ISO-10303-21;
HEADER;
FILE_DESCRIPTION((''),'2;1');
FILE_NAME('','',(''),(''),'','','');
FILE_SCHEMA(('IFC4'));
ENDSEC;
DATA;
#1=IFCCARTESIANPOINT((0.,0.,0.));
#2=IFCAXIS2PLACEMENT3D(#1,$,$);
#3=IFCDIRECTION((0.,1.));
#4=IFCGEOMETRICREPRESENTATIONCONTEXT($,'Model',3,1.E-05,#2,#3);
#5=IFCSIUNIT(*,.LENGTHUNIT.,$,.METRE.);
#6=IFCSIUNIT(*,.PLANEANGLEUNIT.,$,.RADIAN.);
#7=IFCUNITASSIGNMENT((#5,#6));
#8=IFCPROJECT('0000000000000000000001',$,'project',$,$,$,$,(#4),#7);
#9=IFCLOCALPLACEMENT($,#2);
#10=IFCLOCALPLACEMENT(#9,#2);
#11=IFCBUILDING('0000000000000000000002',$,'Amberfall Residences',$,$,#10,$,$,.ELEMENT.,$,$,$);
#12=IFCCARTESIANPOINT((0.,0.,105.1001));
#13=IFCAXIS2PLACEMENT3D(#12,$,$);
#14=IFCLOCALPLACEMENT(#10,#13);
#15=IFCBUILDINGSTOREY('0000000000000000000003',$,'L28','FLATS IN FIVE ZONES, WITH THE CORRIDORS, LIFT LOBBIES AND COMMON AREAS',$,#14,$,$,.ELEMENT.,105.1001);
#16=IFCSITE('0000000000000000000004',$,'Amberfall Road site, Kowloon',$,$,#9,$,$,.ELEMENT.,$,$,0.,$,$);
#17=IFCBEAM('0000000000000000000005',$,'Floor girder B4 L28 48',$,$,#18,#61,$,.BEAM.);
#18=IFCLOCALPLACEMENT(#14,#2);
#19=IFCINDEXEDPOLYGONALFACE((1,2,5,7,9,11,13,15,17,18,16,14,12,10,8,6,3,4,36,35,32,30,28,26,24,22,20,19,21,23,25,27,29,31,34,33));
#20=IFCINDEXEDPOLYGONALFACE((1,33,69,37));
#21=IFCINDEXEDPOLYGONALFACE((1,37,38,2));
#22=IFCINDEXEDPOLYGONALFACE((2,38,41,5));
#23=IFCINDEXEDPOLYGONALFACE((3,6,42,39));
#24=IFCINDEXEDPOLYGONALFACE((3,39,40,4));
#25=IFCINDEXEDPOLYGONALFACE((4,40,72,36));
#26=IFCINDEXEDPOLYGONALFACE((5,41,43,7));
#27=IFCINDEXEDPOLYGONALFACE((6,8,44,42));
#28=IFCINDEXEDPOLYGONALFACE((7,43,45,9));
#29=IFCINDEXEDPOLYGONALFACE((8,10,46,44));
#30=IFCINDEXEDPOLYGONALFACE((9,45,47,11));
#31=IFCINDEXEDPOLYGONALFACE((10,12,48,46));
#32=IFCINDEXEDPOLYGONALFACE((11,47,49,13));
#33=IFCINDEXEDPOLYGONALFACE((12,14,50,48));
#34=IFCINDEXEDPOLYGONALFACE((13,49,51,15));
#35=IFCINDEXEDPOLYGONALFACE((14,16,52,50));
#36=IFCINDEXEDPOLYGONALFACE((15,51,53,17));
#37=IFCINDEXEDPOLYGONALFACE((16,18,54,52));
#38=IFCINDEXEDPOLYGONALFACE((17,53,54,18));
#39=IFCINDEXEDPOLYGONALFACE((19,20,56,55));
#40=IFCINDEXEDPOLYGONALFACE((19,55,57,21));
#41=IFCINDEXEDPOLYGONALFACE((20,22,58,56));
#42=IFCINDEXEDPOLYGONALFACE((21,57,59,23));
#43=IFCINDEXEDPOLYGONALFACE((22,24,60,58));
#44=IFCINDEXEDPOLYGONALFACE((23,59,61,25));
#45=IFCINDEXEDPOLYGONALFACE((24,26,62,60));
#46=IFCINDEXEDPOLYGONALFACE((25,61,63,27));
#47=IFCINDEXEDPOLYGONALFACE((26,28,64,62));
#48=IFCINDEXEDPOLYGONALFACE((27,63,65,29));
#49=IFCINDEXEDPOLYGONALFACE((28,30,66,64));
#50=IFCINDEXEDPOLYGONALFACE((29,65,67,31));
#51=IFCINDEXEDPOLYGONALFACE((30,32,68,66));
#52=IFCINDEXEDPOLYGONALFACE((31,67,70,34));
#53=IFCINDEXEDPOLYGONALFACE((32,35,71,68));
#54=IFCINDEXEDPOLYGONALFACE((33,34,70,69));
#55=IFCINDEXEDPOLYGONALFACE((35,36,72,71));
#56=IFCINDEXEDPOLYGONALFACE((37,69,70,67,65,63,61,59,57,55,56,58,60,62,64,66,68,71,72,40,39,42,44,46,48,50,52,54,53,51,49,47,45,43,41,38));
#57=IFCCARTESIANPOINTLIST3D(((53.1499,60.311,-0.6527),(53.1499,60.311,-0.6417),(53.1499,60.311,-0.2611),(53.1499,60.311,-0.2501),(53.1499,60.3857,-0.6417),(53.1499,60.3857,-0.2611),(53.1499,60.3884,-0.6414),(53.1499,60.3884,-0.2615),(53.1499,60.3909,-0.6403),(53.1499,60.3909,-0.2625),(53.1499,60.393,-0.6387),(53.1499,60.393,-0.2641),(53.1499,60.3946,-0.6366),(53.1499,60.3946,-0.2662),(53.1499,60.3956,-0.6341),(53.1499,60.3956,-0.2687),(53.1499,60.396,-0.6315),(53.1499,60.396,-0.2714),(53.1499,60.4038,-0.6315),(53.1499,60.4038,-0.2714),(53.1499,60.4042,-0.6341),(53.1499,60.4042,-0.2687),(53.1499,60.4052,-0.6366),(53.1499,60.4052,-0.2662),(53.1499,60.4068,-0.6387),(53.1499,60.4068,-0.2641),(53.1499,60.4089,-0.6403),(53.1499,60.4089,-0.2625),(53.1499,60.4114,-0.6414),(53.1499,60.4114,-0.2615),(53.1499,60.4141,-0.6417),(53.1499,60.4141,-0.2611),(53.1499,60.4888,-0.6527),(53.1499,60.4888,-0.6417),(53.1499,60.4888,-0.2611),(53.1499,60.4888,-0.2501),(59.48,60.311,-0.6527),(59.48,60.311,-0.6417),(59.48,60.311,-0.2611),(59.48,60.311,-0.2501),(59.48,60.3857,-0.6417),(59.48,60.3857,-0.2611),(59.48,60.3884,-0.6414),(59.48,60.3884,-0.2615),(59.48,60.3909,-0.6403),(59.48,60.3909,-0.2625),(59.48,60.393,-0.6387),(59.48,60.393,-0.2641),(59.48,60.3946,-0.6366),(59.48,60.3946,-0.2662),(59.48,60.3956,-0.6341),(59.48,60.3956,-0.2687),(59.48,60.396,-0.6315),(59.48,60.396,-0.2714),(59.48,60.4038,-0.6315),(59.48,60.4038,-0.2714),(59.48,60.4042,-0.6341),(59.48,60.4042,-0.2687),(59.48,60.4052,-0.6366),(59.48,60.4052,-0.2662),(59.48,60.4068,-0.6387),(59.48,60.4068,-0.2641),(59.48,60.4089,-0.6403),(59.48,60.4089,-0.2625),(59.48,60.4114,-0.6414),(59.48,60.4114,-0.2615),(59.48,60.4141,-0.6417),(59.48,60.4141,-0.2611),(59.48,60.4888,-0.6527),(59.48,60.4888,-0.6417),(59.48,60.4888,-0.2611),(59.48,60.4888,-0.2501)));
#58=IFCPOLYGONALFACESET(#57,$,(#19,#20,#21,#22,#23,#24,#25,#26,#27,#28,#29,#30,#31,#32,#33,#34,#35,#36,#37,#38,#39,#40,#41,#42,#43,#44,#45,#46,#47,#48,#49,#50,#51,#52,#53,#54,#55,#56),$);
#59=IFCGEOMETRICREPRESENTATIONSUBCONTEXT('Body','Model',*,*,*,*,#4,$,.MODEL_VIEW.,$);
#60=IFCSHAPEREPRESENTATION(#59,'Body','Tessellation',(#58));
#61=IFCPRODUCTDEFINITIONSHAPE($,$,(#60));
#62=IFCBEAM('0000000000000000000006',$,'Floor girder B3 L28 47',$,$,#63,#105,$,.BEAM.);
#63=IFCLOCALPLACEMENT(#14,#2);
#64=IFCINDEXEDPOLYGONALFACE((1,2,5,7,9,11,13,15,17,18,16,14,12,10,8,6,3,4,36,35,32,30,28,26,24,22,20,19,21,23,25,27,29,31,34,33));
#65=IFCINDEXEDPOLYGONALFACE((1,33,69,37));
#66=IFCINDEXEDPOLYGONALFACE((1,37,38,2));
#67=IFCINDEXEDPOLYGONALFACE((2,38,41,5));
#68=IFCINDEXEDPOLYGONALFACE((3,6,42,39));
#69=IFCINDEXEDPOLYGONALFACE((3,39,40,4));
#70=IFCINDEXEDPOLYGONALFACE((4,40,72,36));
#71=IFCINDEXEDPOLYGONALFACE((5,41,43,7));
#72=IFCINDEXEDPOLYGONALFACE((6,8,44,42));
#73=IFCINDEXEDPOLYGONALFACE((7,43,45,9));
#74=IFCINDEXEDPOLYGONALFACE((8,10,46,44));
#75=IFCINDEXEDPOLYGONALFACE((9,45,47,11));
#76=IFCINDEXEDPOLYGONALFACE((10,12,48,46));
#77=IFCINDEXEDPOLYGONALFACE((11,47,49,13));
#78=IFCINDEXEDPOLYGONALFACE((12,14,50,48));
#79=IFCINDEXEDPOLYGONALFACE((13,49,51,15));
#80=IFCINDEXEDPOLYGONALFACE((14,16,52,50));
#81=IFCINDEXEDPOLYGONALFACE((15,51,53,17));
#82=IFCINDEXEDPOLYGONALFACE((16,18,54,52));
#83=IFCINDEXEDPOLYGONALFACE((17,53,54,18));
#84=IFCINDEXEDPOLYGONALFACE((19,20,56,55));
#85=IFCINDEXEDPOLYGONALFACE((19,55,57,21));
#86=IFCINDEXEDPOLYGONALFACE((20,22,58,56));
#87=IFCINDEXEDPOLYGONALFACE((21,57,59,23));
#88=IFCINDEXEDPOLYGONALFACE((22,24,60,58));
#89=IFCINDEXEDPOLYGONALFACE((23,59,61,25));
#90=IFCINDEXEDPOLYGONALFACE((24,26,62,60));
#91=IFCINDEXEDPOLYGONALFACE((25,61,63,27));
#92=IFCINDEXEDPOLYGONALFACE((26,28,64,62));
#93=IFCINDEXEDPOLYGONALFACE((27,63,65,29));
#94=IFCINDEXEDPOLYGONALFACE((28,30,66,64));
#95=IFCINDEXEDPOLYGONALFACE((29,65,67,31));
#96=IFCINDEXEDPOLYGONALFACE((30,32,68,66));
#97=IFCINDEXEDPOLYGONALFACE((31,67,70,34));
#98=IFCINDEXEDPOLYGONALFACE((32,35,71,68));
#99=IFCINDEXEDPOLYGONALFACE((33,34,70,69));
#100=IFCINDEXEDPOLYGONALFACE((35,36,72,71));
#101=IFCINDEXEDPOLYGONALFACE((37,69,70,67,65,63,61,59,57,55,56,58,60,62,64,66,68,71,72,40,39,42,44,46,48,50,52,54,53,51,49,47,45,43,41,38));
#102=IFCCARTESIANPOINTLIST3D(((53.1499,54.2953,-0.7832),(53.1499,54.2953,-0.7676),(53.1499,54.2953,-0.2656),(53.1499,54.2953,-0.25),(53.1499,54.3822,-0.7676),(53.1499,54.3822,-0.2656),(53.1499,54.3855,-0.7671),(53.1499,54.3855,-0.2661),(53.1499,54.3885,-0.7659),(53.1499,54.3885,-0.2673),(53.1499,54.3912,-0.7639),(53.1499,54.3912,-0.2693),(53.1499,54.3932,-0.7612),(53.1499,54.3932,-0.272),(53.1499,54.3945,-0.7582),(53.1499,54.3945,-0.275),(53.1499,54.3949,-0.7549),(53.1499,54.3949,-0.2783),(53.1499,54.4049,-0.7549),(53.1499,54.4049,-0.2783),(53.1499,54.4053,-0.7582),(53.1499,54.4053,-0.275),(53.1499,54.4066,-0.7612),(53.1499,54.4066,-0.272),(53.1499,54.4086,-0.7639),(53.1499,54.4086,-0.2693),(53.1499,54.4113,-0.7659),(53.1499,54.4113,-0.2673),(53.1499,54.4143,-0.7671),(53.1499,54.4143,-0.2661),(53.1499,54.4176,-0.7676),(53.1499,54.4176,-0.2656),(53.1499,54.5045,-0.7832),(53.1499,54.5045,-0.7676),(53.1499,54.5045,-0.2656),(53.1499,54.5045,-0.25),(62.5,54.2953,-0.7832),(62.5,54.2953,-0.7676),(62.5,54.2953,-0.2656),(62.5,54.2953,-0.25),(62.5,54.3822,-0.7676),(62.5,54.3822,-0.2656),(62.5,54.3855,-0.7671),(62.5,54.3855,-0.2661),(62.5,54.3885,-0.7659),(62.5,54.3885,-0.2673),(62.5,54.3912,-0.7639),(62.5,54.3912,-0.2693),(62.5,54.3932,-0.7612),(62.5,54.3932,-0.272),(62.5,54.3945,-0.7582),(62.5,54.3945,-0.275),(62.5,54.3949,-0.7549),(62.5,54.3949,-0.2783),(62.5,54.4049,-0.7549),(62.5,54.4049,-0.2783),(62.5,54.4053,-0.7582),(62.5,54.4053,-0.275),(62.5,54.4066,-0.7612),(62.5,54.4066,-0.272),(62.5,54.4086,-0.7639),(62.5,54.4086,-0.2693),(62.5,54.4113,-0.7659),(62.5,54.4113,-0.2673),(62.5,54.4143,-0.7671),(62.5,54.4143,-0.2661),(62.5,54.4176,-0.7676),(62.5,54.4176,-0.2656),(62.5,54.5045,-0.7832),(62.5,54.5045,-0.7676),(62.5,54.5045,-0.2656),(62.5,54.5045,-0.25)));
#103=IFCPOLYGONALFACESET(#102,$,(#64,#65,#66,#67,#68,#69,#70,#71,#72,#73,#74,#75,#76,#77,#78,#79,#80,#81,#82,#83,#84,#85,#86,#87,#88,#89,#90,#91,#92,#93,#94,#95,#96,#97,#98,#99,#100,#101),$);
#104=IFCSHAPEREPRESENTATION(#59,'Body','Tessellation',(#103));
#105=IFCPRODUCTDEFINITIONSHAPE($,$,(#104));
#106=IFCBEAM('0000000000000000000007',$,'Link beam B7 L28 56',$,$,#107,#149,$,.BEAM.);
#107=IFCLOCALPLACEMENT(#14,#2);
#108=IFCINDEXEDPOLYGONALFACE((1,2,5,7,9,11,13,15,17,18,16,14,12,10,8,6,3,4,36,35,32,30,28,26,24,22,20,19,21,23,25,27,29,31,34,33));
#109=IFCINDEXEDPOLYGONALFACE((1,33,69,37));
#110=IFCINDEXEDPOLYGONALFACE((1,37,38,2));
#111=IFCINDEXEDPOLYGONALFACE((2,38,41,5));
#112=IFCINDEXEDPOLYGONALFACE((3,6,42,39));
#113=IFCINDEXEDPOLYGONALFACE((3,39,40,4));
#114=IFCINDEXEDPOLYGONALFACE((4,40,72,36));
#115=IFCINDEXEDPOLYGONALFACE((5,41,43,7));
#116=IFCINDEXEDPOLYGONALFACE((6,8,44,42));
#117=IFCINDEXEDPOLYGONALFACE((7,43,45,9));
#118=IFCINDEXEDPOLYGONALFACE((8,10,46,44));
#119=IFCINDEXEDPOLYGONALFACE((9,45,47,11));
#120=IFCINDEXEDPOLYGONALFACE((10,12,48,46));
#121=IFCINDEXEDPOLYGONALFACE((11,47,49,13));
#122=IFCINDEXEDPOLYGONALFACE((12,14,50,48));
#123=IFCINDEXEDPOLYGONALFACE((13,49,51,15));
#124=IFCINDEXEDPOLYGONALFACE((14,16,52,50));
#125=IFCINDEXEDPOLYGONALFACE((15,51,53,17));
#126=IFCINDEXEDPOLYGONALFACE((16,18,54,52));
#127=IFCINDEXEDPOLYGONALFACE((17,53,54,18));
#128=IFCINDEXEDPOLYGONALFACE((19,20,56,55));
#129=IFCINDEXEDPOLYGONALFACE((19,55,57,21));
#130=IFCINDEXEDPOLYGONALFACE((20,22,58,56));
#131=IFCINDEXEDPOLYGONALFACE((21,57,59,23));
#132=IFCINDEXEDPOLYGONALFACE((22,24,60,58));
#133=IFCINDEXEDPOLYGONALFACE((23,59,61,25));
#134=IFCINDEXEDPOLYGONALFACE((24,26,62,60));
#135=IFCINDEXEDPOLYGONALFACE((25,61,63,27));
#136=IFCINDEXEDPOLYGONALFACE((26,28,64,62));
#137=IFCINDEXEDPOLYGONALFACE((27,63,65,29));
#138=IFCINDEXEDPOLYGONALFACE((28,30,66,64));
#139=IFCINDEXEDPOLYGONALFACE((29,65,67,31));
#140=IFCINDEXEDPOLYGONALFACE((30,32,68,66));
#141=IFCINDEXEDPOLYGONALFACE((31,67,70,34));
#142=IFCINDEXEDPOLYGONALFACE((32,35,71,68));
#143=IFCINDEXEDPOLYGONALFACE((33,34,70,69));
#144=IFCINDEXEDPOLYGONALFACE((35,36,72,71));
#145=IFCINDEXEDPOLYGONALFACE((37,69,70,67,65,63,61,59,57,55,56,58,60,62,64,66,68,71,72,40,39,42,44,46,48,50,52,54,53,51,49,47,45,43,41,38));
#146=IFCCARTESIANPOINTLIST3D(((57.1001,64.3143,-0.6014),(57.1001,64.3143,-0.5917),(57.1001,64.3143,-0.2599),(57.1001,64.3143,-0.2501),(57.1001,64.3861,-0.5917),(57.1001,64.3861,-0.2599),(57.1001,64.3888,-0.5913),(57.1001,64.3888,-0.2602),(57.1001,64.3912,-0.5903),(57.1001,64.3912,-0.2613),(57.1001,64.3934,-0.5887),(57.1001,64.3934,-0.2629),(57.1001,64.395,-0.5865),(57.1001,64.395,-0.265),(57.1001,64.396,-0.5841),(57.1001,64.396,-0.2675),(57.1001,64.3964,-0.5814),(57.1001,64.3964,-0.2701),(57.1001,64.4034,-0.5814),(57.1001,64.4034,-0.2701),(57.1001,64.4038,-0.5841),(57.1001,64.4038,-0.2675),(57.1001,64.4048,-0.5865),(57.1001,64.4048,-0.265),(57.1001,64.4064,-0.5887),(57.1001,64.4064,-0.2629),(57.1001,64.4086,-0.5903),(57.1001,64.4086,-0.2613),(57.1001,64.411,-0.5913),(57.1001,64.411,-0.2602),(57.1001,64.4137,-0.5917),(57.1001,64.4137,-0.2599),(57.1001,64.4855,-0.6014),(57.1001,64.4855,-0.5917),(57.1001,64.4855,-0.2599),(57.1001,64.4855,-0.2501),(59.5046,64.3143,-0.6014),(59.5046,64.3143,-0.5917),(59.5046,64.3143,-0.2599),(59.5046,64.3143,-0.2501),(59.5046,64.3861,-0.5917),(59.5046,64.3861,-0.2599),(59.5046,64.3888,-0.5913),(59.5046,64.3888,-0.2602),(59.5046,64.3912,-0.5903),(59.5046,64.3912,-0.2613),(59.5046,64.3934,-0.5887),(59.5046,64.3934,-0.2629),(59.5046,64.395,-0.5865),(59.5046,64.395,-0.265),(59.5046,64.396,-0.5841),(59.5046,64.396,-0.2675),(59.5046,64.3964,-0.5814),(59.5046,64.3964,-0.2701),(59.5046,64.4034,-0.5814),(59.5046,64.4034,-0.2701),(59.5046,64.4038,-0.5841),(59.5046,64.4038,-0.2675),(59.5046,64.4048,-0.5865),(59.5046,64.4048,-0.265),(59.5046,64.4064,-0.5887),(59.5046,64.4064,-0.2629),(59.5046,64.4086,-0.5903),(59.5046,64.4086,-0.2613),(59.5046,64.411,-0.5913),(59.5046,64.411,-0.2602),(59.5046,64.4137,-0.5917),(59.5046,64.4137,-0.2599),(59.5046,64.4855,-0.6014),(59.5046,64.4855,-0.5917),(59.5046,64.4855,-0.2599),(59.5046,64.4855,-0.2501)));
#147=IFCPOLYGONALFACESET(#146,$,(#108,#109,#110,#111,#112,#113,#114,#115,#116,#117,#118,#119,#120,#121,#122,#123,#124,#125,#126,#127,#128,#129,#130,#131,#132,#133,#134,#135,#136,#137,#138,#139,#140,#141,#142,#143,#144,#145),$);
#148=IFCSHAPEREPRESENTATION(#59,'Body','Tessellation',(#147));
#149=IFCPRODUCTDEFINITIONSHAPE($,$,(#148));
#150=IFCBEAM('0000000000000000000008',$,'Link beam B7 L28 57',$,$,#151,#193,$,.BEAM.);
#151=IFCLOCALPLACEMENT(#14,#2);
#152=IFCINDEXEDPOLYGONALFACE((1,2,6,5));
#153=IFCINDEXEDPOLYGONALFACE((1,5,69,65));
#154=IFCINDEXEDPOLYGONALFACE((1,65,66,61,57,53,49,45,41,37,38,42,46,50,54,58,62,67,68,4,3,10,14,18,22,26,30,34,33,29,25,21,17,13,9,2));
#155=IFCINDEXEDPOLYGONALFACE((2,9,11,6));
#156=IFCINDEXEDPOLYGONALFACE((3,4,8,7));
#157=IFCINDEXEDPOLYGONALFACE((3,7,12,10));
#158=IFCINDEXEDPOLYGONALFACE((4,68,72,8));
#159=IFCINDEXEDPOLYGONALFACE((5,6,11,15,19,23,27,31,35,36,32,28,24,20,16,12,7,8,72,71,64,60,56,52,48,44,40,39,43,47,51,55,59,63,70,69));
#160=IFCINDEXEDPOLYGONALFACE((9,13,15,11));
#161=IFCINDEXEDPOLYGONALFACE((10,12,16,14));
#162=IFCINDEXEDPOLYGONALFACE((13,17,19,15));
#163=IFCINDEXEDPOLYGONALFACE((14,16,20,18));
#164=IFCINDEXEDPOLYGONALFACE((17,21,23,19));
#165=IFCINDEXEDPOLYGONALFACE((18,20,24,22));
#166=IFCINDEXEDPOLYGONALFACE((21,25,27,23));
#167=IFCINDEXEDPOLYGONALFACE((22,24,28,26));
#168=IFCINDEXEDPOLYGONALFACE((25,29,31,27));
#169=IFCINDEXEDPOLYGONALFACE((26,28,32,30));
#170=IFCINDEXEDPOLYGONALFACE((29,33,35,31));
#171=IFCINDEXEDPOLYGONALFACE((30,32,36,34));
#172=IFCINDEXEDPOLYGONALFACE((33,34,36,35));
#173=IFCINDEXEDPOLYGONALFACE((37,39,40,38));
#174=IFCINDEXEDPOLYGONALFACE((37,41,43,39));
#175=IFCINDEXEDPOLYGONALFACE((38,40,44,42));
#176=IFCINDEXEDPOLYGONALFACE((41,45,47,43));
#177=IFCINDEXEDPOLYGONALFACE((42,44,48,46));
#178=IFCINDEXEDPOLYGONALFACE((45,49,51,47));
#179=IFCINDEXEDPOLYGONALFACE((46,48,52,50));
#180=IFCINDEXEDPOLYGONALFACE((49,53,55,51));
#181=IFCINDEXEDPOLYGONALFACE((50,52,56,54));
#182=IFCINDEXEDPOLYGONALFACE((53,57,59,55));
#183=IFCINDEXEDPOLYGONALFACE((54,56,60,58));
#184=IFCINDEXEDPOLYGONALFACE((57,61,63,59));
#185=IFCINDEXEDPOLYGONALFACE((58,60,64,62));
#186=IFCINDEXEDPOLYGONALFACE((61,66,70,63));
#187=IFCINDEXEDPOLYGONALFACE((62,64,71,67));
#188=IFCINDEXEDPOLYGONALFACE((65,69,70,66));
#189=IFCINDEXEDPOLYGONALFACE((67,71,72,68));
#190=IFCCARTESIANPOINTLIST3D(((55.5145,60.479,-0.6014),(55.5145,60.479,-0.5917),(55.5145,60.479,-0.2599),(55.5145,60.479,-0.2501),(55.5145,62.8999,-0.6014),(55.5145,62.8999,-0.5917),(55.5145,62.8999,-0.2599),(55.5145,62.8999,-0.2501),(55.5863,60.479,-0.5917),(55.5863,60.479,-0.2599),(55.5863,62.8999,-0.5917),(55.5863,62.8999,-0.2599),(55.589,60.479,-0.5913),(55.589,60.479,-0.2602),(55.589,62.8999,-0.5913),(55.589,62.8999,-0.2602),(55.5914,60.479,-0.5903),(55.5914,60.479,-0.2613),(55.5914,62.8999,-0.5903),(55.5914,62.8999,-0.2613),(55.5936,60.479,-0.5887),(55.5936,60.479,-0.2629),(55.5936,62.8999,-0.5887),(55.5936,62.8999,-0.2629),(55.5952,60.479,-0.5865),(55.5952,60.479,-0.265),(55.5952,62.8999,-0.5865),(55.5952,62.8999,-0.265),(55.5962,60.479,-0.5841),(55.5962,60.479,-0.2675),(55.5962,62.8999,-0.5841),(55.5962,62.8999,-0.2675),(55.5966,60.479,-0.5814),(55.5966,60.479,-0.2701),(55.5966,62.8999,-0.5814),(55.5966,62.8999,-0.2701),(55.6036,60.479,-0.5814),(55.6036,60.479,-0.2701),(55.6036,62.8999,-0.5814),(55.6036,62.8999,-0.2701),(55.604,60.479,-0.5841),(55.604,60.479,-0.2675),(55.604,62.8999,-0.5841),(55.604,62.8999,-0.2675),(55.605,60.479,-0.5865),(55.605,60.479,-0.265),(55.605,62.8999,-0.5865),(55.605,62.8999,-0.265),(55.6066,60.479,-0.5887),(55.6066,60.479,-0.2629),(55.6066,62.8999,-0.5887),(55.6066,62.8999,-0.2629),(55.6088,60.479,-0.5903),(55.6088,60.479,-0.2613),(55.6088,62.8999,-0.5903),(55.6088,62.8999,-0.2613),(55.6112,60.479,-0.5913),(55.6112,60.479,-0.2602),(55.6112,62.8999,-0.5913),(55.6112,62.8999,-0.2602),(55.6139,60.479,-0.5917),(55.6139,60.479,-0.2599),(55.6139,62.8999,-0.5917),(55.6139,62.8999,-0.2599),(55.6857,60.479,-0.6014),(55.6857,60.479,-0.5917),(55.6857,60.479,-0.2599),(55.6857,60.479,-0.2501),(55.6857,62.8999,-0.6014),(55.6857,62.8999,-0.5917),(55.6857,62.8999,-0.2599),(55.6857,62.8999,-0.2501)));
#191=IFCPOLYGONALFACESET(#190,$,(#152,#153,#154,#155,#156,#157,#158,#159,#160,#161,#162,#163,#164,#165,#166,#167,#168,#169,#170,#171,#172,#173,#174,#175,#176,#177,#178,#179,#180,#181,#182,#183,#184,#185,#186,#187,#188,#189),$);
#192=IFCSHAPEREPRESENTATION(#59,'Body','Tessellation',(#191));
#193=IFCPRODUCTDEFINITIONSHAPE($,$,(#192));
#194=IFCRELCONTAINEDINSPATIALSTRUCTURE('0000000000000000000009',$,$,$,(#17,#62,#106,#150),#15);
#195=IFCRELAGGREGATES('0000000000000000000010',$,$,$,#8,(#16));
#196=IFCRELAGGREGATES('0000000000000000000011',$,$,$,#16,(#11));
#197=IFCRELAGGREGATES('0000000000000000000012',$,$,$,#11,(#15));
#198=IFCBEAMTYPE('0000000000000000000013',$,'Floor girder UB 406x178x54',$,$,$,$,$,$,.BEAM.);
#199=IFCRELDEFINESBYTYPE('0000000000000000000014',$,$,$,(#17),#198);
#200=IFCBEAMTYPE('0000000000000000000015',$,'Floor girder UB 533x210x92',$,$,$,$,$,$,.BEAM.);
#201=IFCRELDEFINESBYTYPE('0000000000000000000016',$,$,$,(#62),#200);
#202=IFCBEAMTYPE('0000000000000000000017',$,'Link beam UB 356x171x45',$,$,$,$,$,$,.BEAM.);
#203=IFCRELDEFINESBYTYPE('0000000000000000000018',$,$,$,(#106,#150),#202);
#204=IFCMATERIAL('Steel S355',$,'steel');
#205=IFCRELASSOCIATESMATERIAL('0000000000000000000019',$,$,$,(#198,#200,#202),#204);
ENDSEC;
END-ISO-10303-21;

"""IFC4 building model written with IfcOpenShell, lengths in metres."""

from ifc_helpers import new_model, si_unit, direction, frame, origin, origin_2d, place, context, subcontext, project, spatial, i_section, extrude, material, material_profile, profile_set, type_object, element, save


model = new_model("IFC4")

# Units and contexts
model_context = context("Model", 3, precision=1e-05, world=origin(), true_north=direction((0.0, 1.0)))
body_context = subcontext(model_context, "Body", "Model", "MODEL_VIEW")
ifc_project = project(units=[si_unit("LENGTHUNIT", "METRE"), si_unit("PLANEANGLEUNIT", "RADIAN")], contexts=[model_context])

# Site, building, storey
site_placement = place(None, origin())
site = spatial("IfcSite", under=ifc_project, at=site_placement, Name="Amberfall Road site, Kowloon", CompositionType="ELEMENT", RefElevation=0.0)
building_placement = place(site_placement, origin())
building = spatial("IfcBuilding", under=site, at=building_placement, Name="Amberfall Residences", CompositionType="ELEMENT")
storey_placement = place(building_placement, frame((0.0, 0.0, 105.1001)))
storey = spatial("IfcBuildingStorey", under=building, at=storey_placement, Name="L28", Description="FLATS IN FIVE ZONES, WITH THE CORRIDORS, LIFT LOBBIES AND COMMON AREAS", CompositionType="ELEMENT", Elevation=105.1001)

# Shared definitions
ifc_material_1 = material(Name="Steel S355", Category="steel")

# Beams
ifc_material_profile_1 = material_profile(ifc_material_1, i_section(OverallWidth=0.1777, OverallDepth=0.4026, WebThickness=0.0078, FlangeThickness=0.011, FilletRadius=0.0103, at=origin_2d()), Name="UB 406x178x54")
ifc_profile_set_1 = profile_set([ifc_material_profile_1], Name="Steel S355")
beam_type_1 = type_object("IfcBeamType", Name="Floor girder UB 406x178x54", PredefinedType="BEAM", material=ifc_profile_set_1)
beam_1_placement = place(storey_placement, frame((53.1499, 60.3999, -0.4514), z_axis=(1.0, 0.0, 0.0), x_axis=(0.0, 1.0, 0.0)))
element("IfcBeam", 1, at=beam_1_placement, inside=storey, type_object=beam_type_1, Name="Floor girder B4 L28 48", PredefinedType="BEAM", context=body_context, shape_type="SweptSolid", body=[
    extrude(i_section(OverallWidth=0.1777, OverallDepth=0.4026, WebThickness=0.0078, FlangeThickness=0.011, FilletRadius=0.0103, at=origin_2d()), origin(), (0.0, 0.0, 1.0), 6.3301),
])
ifc_material_profile_2 = material_profile(ifc_material_1, i_section(OverallWidth=0.2092, OverallDepth=0.5332, WebThickness=0.01, FlangeThickness=0.0156, FilletRadius=0.0127, at=origin_2d()), Name="UB 533x210x92")
ifc_profile_set_2 = profile_set([ifc_material_profile_2], Name="Steel S355")
beam_type_2 = type_object("IfcBeamType", Name="Floor girder UB 533x210x92", PredefinedType="BEAM", material=ifc_profile_set_2)
beam_2_placement = place(storey_placement, frame((53.1499, 54.3999, -0.5166), z_axis=(1.0, 0.0, 0.0), x_axis=(0.0, 1.0, 0.0)))
element("IfcBeam", 2, at=beam_2_placement, inside=storey, type_object=beam_type_2, Name="Floor girder B3 L28 47", PredefinedType="BEAM", context=body_context, shape_type="SweptSolid", body=[
    extrude(i_section(OverallWidth=0.2092, OverallDepth=0.5332, WebThickness=0.01, FlangeThickness=0.0156, FilletRadius=0.0127, at=origin_2d()), origin(), (0.0, 0.0, 1.0), 9.3501),
])
ifc_material_profile_3 = material_profile(ifc_material_1, i_section(OverallWidth=0.1711, OverallDepth=0.3513, WebThickness=0.0071, FlangeThickness=0.0098, FilletRadius=0.0103, at=origin_2d()), Name="UB 356x171x45")
ifc_profile_set_3 = profile_set([ifc_material_profile_3], Name="Steel S355")
beam_type_3 = type_object("IfcBeamType", Name="Link beam UB 356x171x45", PredefinedType="BEAM", material=ifc_profile_set_3)
beam_3_placement = place(storey_placement, frame((57.1001, 64.3999, -0.4258), z_axis=(1.0, 0.0, 0.0), x_axis=(0.0, 1.0, 0.0)))
element("IfcBeam", 3, at=beam_3_placement, inside=storey, type_object=beam_type_3, Name="Link beam B7 L28 56", PredefinedType="BEAM", context=body_context, shape_type="SweptSolid", body=[
    extrude(i_section(OverallWidth=0.1711, OverallDepth=0.3513, WebThickness=0.0071, FlangeThickness=0.0098, FilletRadius=0.0103, at=origin_2d()), origin(), (0.0, 0.0, 1.0), 2.4045),
])
beam_4_placement = place(storey_placement, frame((55.6001, 62.8999, -0.4258), z_axis=(0.0, -1.0, 0.0), x_axis=(1.0, 0.0, 0.0)))
element("IfcBeam", 4, at=beam_4_placement, inside=storey, type_object=beam_type_3, Name="Link beam B7 L28 57", PredefinedType="BEAM", context=body_context, shape_type="SweptSolid", body=[
    extrude(i_section(OverallWidth=0.1711, OverallDepth=0.3513, WebThickness=0.0071, FlangeThickness=0.0098, FilletRadius=0.0103, at=origin_2d()), origin(), (0.0, 0.0, 1.0), 2.4209),
])

save(model, "model.ifc")
